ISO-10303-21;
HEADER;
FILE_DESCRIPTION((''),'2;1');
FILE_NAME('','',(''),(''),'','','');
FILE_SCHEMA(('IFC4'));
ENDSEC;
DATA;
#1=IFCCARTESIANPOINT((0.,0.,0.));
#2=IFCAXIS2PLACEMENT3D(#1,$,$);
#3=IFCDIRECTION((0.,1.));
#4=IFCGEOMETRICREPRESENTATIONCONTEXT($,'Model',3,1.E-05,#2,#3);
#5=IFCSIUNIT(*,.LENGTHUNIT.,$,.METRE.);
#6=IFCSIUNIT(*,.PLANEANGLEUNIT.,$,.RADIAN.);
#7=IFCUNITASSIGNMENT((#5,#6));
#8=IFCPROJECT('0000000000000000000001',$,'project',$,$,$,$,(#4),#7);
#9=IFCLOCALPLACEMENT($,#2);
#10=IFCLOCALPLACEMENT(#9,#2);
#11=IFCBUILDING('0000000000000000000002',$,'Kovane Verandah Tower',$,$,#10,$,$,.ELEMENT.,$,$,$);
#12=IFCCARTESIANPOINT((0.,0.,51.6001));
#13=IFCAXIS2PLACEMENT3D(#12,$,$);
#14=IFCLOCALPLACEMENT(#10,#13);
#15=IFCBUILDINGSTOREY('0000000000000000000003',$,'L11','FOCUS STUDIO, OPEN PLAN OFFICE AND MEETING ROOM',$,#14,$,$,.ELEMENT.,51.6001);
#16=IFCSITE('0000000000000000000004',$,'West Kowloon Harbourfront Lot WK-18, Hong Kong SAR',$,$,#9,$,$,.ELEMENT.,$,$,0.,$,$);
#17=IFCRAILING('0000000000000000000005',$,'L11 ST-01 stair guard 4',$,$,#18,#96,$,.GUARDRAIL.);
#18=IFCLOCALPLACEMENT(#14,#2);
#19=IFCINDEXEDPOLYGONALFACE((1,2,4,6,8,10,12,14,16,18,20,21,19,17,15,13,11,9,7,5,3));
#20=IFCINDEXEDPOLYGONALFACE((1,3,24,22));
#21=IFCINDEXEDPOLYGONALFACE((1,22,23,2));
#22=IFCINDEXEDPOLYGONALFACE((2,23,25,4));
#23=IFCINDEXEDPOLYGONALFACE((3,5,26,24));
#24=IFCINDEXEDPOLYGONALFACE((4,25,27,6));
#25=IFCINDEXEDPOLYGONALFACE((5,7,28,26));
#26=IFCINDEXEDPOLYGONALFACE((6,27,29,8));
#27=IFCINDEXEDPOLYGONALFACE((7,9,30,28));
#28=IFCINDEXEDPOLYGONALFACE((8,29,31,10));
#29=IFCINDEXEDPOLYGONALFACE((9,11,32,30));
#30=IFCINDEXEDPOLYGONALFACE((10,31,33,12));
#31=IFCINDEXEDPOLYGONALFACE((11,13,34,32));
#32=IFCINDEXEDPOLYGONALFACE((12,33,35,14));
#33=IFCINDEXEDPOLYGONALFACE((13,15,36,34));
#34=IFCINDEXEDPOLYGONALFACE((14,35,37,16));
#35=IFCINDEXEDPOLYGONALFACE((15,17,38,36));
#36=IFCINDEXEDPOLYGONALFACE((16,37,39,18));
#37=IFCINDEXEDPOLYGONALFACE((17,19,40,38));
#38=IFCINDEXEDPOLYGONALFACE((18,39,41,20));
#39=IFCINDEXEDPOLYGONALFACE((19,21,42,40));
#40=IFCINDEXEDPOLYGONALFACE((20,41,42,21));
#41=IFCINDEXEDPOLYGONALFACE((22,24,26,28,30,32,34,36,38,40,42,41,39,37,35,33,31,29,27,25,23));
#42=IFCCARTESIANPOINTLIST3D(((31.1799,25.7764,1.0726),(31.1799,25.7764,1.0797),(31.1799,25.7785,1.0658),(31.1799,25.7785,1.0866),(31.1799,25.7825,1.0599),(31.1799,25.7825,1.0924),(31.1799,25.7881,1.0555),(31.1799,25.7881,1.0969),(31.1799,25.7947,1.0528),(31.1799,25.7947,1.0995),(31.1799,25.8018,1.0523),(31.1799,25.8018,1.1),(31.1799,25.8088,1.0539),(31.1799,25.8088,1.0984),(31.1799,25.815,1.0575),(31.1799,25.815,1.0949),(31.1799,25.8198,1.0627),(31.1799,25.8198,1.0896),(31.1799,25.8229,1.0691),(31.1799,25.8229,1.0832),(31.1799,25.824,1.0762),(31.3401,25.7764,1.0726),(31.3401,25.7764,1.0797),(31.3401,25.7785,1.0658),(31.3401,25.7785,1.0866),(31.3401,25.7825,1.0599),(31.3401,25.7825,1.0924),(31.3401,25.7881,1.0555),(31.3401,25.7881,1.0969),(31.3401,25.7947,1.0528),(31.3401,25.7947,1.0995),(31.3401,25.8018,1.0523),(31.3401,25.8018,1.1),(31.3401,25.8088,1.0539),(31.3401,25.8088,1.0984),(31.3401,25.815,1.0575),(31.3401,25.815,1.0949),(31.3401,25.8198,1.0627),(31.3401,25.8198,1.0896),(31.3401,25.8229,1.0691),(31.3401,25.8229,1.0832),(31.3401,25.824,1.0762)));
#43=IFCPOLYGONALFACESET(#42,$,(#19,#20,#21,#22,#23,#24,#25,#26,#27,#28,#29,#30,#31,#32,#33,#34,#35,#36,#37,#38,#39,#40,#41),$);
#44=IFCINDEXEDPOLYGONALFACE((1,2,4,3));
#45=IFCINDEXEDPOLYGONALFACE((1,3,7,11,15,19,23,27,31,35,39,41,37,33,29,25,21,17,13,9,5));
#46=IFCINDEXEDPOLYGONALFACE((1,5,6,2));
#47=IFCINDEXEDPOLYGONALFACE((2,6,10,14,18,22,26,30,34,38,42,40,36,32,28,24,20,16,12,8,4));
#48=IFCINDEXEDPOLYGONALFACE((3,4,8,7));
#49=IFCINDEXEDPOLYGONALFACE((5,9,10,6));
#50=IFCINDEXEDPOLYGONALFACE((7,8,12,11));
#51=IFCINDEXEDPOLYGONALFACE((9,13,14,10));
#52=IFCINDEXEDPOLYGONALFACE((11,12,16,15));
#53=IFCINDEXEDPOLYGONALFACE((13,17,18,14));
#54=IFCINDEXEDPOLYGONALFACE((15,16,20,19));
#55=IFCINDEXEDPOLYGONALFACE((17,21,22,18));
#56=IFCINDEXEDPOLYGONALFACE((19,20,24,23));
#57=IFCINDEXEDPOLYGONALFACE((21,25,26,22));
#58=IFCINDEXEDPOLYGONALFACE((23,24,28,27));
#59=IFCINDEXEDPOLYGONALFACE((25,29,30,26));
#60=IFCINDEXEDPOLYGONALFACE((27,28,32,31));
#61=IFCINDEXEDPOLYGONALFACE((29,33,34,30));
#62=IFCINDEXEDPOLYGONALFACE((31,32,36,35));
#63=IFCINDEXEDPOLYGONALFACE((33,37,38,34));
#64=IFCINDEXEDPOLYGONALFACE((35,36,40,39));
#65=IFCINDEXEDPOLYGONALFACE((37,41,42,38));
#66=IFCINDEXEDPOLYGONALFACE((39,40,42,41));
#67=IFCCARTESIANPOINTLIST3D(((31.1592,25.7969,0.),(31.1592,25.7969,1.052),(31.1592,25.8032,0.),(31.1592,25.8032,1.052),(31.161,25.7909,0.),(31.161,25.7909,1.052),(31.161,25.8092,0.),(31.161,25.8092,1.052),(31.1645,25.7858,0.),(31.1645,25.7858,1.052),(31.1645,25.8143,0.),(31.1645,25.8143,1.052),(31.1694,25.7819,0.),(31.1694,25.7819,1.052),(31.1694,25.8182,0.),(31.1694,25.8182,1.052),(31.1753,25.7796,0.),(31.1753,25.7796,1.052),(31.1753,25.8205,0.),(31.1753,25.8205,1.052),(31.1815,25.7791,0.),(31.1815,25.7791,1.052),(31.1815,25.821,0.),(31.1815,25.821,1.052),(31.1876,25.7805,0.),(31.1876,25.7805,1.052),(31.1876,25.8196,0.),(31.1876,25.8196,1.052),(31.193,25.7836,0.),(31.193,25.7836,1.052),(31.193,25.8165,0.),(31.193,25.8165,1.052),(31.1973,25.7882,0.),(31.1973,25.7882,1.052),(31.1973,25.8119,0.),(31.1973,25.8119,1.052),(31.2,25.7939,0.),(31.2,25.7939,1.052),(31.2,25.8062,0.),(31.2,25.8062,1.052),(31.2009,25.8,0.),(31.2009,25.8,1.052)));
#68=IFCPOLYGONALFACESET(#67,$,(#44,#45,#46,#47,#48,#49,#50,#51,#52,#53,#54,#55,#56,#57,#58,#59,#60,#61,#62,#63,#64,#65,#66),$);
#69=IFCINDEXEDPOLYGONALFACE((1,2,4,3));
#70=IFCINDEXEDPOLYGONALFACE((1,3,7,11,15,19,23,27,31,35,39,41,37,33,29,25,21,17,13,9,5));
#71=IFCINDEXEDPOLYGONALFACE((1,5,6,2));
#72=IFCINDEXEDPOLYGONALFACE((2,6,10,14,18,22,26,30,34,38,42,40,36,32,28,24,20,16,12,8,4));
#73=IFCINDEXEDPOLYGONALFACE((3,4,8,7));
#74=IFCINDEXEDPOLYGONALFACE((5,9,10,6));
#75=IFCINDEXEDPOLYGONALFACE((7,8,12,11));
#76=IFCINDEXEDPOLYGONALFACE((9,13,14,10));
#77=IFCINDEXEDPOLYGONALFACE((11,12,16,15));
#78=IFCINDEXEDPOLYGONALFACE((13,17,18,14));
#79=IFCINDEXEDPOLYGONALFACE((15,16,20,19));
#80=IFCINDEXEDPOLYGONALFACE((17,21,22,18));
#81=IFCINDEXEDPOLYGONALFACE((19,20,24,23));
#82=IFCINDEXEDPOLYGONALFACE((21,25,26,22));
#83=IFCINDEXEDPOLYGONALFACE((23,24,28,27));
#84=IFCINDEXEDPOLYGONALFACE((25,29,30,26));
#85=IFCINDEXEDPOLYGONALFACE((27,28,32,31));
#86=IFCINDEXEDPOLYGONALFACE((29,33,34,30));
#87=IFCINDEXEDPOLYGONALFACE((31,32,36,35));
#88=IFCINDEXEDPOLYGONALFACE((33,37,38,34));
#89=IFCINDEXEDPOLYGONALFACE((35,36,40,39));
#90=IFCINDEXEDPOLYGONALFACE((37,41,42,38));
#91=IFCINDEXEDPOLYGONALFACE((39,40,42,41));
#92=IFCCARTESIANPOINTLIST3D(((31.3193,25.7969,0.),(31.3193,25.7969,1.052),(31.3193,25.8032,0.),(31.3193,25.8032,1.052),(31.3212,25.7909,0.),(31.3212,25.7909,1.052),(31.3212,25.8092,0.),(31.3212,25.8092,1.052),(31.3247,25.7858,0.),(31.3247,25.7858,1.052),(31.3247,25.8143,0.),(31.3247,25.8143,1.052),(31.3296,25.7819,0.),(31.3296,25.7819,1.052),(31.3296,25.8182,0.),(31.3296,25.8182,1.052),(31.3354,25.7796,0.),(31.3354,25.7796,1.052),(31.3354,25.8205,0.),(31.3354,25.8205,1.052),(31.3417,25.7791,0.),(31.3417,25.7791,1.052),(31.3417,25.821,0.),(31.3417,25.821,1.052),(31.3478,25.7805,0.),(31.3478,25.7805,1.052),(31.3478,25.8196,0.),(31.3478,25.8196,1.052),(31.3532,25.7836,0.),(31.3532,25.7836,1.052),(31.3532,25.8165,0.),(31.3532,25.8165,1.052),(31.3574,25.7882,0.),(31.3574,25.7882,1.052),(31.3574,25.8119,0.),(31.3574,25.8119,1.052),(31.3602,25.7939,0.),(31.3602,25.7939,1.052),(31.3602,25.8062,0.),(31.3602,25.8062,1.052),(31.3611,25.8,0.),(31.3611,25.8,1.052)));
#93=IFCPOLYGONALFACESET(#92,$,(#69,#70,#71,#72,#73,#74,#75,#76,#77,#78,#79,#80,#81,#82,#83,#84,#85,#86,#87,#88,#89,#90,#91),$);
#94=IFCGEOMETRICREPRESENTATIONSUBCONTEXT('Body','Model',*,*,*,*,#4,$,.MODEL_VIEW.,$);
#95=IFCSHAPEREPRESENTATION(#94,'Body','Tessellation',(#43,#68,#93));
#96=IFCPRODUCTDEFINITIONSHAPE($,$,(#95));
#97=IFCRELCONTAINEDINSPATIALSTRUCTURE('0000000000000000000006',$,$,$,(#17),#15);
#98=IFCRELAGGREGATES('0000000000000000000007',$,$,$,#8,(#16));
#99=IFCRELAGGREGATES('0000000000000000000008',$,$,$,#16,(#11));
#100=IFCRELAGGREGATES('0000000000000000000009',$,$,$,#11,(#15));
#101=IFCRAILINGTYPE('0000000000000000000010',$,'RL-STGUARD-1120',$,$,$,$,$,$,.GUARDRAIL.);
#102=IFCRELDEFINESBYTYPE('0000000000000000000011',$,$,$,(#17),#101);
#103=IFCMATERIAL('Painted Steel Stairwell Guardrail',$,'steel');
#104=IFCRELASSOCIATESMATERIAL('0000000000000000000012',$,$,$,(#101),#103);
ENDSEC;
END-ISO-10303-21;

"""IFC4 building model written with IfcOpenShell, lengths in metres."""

from ifc_helpers import new_model, si_unit, direction, frame, origin, origin_2d, place, context, subcontext, project, spatial, circle, extrude, material, type_object, element, save


model = new_model("IFC4")

# Units and contexts
model_context = context("Model", 3, precision=1e-05, world=origin(), true_north=direction((0.0, 1.0)))
body_context = subcontext(model_context, "Body", "Model", "MODEL_VIEW")
ifc_project = project(units=[si_unit("LENGTHUNIT", "METRE"), si_unit("PLANEANGLEUNIT", "RADIAN")], contexts=[model_context])

# Site, building, storey
site_placement = place(None, origin())
site = spatial("IfcSite", under=ifc_project, at=site_placement, Name="West Kowloon Harbourfront Lot WK-18, Hong Kong SAR", CompositionType="ELEMENT", RefElevation=0.0)
building_placement = place(site_placement, origin())
building = spatial("IfcBuilding", under=site, at=building_placement, Name="Kovane Verandah Tower", CompositionType="ELEMENT")
storey_placement = place(building_placement, frame((0.0, 0.0, 51.6001)))
storey = spatial("IfcBuildingStorey", under=building, at=storey_placement, Name="L11", Description="FOCUS STUDIO, OPEN PLAN OFFICE AND MEETING ROOM", CompositionType="ELEMENT", Elevation=51.6001)

# Railing
ifc_material_1 = material(Name="Painted Steel Stairwell Guardrail", Category="steel")
railing_type_1 = type_object("IfcRailingType", Name="RL-STGUARD-1120", PredefinedType="GUARDRAIL", material=ifc_material_1)
railing_1_placement = place(storey_placement, frame((31.1799, 25.8, 0.0)))
element("IfcRailing", 1, at=railing_1_placement, inside=storey, type_object=railing_type_1, Name="L11 ST-01 stair guard 4", PredefinedType="GUARDRAIL", context=body_context, shape_type="SweptSolid", body=[
    extrude(circle(Radius=0.0239, at=origin_2d()), frame((0.0, 0.0, 1.0762), z_axis=(1.0, 0.0, 0.0), x_axis=(0.0, 1.0, 0.0)), (0.0, 0.0, 1.0), 0.1602),
    extrude(circle(Radius=0.021, at=origin_2d()), origin(), (0.0, 0.0, 1.0), 1.052),
    extrude(circle(Radius=0.021, at=origin_2d()), frame((0.1602, 0.0, 0.0)), (0.0, 0.0, 1.0), 1.052),
])

save(model, "model.ifc")
